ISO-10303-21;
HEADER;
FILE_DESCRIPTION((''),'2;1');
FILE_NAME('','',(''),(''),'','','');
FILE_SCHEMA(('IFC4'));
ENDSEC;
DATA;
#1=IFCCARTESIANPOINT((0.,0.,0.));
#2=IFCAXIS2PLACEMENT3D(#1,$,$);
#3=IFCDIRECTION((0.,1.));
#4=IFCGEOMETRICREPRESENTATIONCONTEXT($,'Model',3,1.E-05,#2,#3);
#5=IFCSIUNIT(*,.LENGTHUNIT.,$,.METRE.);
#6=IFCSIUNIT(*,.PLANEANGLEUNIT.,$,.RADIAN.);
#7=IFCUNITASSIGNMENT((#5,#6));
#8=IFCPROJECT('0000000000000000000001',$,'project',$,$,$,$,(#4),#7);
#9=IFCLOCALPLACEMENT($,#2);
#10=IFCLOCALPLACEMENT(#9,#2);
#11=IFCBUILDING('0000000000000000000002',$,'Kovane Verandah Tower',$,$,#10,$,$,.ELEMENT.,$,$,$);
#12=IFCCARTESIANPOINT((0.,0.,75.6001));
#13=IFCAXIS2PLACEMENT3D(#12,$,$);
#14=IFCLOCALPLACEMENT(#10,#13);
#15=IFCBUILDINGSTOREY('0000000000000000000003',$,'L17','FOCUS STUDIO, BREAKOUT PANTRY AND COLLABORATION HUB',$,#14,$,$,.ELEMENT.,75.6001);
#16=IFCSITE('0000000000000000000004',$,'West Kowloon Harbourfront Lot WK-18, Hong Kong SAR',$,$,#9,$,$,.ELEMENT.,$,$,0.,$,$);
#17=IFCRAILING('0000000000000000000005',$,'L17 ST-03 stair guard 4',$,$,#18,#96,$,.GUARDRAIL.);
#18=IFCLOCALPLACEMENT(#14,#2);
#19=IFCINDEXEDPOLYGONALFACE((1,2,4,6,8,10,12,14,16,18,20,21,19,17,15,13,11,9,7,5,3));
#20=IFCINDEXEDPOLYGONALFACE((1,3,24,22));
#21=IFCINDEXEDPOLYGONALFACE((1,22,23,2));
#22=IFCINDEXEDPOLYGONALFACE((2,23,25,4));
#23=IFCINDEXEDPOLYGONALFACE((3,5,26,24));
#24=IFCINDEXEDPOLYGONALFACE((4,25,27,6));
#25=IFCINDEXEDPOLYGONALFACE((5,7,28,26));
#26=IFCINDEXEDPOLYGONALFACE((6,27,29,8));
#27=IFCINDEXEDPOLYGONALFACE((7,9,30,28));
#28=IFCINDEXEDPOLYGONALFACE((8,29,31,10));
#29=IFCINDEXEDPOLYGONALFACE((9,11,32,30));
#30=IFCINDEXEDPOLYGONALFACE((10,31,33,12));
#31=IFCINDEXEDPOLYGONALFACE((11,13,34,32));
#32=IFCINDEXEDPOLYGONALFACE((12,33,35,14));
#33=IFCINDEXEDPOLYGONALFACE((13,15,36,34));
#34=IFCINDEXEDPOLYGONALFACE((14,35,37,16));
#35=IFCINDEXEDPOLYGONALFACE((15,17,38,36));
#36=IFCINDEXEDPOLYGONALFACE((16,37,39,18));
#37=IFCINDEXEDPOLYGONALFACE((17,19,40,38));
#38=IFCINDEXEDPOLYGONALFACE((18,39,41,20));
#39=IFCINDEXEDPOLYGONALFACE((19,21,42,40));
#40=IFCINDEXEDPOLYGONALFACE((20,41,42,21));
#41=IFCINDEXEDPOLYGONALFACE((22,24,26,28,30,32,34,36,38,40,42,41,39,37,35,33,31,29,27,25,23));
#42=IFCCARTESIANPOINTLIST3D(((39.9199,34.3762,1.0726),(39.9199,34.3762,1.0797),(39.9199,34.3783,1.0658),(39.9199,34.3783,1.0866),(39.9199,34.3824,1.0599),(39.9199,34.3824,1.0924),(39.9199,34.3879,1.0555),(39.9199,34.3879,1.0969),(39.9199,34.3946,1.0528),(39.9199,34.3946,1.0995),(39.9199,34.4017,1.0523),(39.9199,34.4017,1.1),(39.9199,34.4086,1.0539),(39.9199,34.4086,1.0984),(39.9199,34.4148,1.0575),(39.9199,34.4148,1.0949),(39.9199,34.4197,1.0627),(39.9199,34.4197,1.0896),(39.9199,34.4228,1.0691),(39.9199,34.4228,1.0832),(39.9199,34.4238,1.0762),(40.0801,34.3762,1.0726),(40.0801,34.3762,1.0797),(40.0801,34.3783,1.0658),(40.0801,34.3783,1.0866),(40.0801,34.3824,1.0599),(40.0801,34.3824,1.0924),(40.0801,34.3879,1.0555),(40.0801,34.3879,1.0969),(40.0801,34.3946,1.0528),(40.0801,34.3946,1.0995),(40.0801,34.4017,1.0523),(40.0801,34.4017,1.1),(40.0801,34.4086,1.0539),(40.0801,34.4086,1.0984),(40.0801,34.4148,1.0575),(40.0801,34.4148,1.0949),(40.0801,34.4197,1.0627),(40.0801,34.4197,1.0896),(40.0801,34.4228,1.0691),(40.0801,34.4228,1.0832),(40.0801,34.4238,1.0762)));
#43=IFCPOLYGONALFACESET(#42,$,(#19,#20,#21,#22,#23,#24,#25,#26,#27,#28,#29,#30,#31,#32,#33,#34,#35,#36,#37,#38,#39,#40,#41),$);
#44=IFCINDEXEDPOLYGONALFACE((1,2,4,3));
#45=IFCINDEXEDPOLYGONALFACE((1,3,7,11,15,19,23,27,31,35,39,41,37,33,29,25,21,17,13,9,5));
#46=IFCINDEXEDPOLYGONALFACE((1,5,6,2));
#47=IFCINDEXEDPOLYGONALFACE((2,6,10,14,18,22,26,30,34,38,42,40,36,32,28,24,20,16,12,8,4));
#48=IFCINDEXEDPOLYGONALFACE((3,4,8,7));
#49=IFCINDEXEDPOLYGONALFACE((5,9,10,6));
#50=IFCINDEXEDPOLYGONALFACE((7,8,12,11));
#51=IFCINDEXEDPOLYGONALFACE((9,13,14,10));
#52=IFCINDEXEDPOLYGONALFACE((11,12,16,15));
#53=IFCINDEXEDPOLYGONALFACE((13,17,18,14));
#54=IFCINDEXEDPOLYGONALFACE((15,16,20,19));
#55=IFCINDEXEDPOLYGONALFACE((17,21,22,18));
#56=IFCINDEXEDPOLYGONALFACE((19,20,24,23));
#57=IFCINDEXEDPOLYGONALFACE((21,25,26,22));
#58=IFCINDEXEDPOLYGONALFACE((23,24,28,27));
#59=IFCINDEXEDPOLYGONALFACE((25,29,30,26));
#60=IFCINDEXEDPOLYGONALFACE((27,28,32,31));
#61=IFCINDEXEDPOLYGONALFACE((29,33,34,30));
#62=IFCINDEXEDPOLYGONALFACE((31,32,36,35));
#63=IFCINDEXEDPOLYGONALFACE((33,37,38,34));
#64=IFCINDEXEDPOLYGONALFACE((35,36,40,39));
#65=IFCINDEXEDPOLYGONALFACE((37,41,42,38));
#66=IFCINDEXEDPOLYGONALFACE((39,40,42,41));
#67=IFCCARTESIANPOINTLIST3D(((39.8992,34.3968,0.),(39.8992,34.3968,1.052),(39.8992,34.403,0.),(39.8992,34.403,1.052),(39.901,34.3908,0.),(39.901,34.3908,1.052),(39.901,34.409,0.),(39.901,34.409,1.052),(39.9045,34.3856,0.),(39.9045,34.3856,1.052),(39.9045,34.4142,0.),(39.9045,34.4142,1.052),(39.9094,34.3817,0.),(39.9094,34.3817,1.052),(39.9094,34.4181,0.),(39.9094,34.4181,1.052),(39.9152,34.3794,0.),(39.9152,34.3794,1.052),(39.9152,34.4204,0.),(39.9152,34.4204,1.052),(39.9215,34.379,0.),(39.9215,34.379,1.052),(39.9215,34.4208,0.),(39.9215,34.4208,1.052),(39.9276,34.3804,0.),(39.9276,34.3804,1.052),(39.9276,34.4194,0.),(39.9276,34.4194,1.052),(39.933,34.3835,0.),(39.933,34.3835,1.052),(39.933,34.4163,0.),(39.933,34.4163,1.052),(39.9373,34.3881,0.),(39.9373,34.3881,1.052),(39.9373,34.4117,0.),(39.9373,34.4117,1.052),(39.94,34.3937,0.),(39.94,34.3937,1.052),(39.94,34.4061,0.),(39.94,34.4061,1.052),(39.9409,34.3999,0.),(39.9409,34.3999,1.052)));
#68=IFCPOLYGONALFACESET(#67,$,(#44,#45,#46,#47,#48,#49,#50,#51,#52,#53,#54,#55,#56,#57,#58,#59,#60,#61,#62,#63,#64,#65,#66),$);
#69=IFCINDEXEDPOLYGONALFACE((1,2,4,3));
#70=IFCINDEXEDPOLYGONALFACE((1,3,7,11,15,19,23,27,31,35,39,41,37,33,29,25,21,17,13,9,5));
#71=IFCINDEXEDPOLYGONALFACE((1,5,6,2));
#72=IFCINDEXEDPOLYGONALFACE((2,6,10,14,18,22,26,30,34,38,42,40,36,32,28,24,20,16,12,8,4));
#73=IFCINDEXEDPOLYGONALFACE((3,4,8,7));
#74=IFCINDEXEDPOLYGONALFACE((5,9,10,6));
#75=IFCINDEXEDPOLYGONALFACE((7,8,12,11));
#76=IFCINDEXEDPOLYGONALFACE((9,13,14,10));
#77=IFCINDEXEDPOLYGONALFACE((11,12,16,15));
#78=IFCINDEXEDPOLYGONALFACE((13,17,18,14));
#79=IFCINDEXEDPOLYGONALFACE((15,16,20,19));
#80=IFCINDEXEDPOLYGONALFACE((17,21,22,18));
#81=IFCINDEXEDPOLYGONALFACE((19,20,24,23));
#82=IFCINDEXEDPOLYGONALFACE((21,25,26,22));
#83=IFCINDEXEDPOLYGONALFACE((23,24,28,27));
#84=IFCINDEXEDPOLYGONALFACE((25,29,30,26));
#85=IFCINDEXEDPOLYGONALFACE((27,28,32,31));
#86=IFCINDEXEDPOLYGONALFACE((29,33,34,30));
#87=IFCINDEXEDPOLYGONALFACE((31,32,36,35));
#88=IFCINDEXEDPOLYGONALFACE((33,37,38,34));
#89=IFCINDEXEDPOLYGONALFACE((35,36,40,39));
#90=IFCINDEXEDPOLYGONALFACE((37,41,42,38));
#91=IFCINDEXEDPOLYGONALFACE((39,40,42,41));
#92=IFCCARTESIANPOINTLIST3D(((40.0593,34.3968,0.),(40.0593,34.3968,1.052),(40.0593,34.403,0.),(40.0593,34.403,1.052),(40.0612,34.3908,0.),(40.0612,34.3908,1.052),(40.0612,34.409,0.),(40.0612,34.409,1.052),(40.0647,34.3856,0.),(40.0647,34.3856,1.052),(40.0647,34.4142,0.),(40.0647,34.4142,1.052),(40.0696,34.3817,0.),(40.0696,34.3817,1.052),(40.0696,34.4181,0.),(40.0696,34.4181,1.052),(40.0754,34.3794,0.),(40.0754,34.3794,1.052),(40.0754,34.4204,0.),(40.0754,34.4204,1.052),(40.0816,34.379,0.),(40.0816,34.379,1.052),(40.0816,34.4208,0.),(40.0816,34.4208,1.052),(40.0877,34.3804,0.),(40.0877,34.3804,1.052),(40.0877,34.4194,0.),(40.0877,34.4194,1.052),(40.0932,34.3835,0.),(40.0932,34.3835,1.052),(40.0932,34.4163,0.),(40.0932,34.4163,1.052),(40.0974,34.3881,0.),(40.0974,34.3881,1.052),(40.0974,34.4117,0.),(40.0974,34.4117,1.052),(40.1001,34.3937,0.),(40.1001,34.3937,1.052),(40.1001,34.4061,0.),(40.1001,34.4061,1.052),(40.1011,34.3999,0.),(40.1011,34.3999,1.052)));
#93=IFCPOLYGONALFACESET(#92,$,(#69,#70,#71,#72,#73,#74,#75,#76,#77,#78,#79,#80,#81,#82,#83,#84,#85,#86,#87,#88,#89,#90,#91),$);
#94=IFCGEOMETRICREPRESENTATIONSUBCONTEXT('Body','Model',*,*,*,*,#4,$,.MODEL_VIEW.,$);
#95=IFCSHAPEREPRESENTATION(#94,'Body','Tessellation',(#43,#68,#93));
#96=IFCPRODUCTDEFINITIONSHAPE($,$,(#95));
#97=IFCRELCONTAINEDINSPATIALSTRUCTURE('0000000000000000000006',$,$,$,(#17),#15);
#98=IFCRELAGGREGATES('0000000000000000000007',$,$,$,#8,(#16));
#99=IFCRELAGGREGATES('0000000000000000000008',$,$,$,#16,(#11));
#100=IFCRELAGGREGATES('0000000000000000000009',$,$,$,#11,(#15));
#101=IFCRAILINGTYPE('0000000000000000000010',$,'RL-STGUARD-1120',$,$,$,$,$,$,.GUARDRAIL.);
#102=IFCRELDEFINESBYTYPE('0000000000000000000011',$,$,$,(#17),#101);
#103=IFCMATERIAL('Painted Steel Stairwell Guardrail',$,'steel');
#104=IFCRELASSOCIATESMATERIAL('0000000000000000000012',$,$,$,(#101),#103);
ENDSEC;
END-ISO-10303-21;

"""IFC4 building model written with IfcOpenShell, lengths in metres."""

from ifc_helpers import new_model, si_unit, direction, frame, origin, origin_2d, place, context, subcontext, project, spatial, circle, extrude, material, type_object, element, save


model = new_model("IFC4")

# Units and contexts
model_context = context("Model", 3, precision=1e-05, world=origin(), true_north=direction((0.0, 1.0)))
body_context = subcontext(model_context, "Body", "Model", "MODEL_VIEW")
ifc_project = project(units=[si_unit("LENGTHUNIT", "METRE"), si_unit("PLANEANGLEUNIT", "RADIAN")], contexts=[model_context])

# Site, building, storey
site_placement = place(None, origin())
site = spatial("IfcSite", under=ifc_project, at=site_placement, Name="West Kowloon Harbourfront Lot WK-18, Hong Kong SAR", CompositionType="ELEMENT", RefElevation=0.0)
building_placement = place(site_placement, origin())
building = spatial("IfcBuilding", under=site, at=building_placement, Name="Kovane Verandah Tower", CompositionType="ELEMENT")
storey_placement = place(building_placement, frame((0.0, 0.0, 75.6001)))
storey = spatial("IfcBuildingStorey", under=building, at=storey_placement, Name="L17", Description="FOCUS STUDIO, BREAKOUT PANTRY AND COLLABORATION HUB", CompositionType="ELEMENT", Elevation=75.6001)

# Railing
ifc_material_1 = material(Name="Painted Steel Stairwell Guardrail", Category="steel")
railing_type = type_object("IfcRailingType", Name="RL-STGUARD-1120", PredefinedType="GUARDRAIL", material=ifc_material_1)
railing_1_placement = place(storey_placement, frame((39.9199, 34.3999, 0.0)))
element("IfcRailing", 1, at=railing_1_placement, inside=storey, type_object=railing_type, Name="L17 ST-03 stair guard 4", PredefinedType="GUARDRAIL", context=body_context, shape_type="SweptSolid", body=[
    extrude(circle(Radius=0.0239, at=origin_2d()), frame((0.0, 0.0, 1.0762), z_axis=(1.0, 0.0, 0.0), x_axis=(0.0, 1.0, 0.0)), (0.0, 0.0, 1.0), 0.1602),
    extrude(circle(Radius=0.021, at=origin_2d()), origin(), (0.0, 0.0, 1.0), 1.052),
    extrude(circle(Radius=0.021, at=origin_2d()), frame((0.1602, 0.0, 0.0)), (0.0, 0.0, 1.0), 1.052),
])

save(model, "model.ifc")
